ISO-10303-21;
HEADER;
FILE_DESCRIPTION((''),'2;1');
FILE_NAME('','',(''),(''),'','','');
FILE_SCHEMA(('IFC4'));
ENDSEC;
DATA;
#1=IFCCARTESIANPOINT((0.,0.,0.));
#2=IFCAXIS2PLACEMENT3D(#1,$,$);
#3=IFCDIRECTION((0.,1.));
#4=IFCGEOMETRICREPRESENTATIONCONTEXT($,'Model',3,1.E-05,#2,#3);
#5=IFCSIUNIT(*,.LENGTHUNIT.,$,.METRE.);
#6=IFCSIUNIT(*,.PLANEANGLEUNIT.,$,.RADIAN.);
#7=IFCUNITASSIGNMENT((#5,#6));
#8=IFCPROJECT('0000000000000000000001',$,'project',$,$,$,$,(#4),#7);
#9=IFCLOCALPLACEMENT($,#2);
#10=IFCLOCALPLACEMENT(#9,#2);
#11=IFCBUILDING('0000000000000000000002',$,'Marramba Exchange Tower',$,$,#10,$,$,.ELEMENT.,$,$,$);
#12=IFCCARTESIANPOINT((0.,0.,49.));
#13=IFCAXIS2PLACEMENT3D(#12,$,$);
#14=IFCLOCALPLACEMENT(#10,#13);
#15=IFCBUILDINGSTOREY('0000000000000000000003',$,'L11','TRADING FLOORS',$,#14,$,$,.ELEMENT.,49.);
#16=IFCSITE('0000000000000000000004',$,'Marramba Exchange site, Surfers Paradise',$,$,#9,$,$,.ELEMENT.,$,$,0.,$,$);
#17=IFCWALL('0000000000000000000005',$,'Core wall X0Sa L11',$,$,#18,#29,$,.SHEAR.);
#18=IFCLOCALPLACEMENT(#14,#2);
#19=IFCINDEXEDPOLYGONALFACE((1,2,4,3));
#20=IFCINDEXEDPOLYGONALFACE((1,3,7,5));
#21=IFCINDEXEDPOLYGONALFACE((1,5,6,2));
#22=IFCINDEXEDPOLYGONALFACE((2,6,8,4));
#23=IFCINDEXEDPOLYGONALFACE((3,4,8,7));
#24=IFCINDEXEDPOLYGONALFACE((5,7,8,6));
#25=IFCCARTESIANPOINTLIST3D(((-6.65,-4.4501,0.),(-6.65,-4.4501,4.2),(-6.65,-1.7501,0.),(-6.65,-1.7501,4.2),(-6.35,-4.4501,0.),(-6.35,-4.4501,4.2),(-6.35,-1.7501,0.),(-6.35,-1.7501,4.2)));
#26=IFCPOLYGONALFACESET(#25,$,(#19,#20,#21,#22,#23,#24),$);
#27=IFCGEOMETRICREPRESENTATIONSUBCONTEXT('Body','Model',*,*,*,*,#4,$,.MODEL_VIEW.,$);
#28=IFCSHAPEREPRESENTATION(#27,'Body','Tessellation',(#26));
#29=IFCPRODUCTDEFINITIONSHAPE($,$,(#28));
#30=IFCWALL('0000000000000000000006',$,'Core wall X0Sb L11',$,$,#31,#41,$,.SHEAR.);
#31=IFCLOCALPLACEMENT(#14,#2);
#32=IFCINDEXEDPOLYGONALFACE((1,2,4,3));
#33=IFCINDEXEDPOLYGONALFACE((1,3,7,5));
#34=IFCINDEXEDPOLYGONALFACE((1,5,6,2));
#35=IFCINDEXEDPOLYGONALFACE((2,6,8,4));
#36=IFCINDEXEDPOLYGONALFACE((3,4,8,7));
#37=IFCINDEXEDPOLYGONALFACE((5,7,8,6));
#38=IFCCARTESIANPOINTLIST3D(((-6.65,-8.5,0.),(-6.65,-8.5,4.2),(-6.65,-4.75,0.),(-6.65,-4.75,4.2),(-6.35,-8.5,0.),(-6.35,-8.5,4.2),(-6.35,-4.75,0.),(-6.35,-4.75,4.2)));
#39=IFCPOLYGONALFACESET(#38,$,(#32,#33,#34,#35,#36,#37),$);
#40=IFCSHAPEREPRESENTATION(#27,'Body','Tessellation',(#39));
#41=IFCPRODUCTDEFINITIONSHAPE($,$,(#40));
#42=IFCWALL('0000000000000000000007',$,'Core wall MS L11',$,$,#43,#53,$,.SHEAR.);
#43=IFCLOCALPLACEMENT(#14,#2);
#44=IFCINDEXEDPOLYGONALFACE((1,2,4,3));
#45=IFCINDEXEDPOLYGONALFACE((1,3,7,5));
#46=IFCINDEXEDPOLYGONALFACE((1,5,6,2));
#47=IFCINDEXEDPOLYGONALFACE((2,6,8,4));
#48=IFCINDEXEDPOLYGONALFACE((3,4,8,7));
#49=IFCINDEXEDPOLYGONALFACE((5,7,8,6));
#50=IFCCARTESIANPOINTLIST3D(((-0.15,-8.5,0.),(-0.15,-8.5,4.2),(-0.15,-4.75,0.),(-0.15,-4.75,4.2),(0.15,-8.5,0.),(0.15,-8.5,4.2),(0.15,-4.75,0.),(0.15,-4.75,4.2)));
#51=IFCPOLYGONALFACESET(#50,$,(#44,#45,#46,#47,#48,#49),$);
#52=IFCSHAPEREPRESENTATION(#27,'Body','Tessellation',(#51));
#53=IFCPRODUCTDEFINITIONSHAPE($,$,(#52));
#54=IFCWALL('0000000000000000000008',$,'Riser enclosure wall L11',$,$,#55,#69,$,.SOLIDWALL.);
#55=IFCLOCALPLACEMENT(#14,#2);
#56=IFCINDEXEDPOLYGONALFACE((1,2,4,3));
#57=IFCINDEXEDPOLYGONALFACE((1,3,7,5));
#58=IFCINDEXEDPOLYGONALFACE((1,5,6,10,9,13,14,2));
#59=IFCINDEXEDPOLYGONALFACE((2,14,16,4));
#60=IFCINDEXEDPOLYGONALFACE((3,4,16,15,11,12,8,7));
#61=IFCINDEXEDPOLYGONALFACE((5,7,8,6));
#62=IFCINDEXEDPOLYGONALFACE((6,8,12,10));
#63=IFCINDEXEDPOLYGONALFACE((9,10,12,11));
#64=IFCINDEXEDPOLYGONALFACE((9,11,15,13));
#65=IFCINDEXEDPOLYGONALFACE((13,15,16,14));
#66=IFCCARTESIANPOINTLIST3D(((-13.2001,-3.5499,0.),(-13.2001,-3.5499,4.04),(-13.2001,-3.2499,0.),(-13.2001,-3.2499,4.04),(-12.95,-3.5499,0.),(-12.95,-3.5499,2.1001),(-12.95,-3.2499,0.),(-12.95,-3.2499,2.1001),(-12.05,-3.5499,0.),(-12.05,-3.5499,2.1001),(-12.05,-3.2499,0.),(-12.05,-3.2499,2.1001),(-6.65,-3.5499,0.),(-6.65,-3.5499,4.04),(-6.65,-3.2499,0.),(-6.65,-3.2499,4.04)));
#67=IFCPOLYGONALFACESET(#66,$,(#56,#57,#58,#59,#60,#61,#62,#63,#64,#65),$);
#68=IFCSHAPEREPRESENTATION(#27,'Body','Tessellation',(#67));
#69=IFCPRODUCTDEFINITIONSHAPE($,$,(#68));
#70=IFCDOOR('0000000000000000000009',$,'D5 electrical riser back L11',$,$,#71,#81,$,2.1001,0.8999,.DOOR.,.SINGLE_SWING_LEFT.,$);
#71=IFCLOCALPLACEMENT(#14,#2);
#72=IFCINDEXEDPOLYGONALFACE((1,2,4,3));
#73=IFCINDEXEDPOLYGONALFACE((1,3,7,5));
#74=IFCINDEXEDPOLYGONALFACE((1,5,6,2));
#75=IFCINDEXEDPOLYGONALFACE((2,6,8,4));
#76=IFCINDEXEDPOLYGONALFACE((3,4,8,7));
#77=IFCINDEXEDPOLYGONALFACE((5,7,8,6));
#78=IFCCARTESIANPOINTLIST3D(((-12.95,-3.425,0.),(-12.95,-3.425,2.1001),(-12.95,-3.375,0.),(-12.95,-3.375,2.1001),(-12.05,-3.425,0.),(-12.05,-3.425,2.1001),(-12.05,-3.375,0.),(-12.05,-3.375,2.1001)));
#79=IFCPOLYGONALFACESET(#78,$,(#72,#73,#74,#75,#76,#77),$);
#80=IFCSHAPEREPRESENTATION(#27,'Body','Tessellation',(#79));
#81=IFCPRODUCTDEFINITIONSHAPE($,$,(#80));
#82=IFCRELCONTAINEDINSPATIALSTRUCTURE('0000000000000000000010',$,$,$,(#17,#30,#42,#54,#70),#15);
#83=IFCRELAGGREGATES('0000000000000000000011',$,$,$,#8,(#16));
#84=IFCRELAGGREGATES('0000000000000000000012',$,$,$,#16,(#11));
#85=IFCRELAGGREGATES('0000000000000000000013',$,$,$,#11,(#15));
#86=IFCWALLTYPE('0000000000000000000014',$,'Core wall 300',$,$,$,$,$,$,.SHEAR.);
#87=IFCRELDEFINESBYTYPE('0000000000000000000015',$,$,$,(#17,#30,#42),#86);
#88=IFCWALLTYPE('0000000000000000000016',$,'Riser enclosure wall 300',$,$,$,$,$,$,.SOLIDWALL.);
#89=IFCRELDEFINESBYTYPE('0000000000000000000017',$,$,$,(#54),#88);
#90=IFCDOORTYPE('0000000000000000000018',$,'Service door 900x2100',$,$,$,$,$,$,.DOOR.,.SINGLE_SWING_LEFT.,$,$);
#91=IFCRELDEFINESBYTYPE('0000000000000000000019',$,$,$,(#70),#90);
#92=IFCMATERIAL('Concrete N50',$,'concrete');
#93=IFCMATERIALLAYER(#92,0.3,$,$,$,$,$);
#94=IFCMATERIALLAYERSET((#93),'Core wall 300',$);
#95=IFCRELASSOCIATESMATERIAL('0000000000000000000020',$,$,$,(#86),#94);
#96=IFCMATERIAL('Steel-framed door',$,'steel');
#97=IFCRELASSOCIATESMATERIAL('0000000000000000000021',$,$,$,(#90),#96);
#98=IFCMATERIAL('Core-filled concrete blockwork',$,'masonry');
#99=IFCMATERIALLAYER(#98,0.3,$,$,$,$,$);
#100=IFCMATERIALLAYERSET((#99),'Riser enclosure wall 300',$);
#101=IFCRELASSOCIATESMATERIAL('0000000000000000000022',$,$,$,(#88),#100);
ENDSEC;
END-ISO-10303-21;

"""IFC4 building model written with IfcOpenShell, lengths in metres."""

from ifc_helpers import new_model, si_unit, direction, frame, frame_2d, origin, place, context, subcontext, project, spatial, rectangle, extrude, material, layer, layer_set, type_object, element, fill, save


model = new_model("IFC4")

# Units and contexts
model_context = context("Model", 3, precision=1e-05, world=origin(), true_north=direction((0.0, 1.0)))
body_context = subcontext(model_context, "Body", "Model", "MODEL_VIEW")
ifc_project = project(units=[si_unit("LENGTHUNIT", "METRE"), si_unit("PLANEANGLEUNIT", "RADIAN")], contexts=[model_context])

# Site, building, storey
site_placement = place(None, origin())
site = spatial("IfcSite", under=ifc_project, at=site_placement, Name="Marramba Exchange site, Surfers Paradise", CompositionType="ELEMENT", RefElevation=0.0)
building_placement = place(site_placement, origin())
building = spatial("IfcBuilding", under=site, at=building_placement, Name="Marramba Exchange Tower", CompositionType="ELEMENT")
storey_placement = place(building_placement, frame((0.0, 0.0, 49.0)))
storey = spatial("IfcBuildingStorey", under=building, at=storey_placement, Name="L11", Description="TRADING FLOORS", CompositionType="ELEMENT", Elevation=49.0)

# Shared definitions
ifc_material_1 = material(Name="Concrete N50", Category="concrete")

# Shared definitions
ifc_layer_1 = layer(ifc_material_1, 0.3)
ifc_layer_set_1 = layer_set([ifc_layer_1], Name="Core wall 300")
wall_type_1 = type_object("IfcWallType", Name="Core wall 300", PredefinedType="SHEAR", material=ifc_layer_set_1)
ifc_material_2 = material(Name="Steel-framed door", Category="steel")
door_type_1 = type_object("IfcDoorType", Name="Service door 900x2100", OperationType="SINGLE_SWING_LEFT", PredefinedType="DOOR", material=ifc_material_2)

# Walls
wall_1_placement = place(storey_placement, frame((-6.5, -1.75, 0.0), z_axis=(0.0, 0.0, 1.0), x_axis=(0.0, -1.0, 0.0)))
element("IfcWall", 1, at=wall_1_placement, inside=storey, type_object=wall_type_1, Name="Core wall X0Sa L11", PredefinedType="SHEAR", context=body_context, shape_type="SweptSolid", body=[
    extrude(rectangle(XDim=2.7, YDim=0.3, at=frame_2d((1.3501, 0.0))), origin(), (0.0, 0.0, 1.0), 4.2),
])
for number, where, z_axis, x_axis, name in (
    (2, (-6.5, -4.75, 0.0), (0.0, 0.0, 1.0), (0.0, -1.0, 0.0), "Core wall X0Sb L11"),
    (3, (0.0, -4.75, 0.0), (0.0, 0.0, 1.0), (0.0, -1.0, 0.0), "Core wall MS L11"),
):
    element("IfcWall", number, at=place(storey_placement, frame(where, z_axis=z_axis, x_axis=x_axis)), inside=storey, type_object=wall_type_1, Name=name, PredefinedType="SHEAR", context=body_context, shape_type="SweptSolid", body=[
        extrude(rectangle(XDim=3.75, YDim=0.3, at=frame_2d((1.875, 0.0))), origin(), (0.0, 0.0, 1.0), 4.2),
    ])

# Wall, opening, door
ifc_material_3 = material(Name="Core-filled concrete blockwork", Category="masonry")
ifc_layer_2 = layer(ifc_material_3, 0.3)
ifc_layer_set_2 = layer_set([ifc_layer_2], Name="Riser enclosure wall 300")
wall_type_2 = type_object("IfcWallType", Name="Riser enclosure wall 300", PredefinedType="SOLIDWALL", material=ifc_layer_set_2)
wall_2_placement = place(storey_placement, frame((-13.2, -3.3999, 0.0), z_axis=(0.0, 0.0, 1.0), x_axis=(1.0, 0.0, 0.0)))
wall_2 = element("IfcWall", 4, at=wall_2_placement, inside=storey, type_object=wall_type_2, Name="Riser enclosure wall L11", PredefinedType="SOLIDWALL", context=body_context, shape_type="SweptSolid", body=[
    extrude(rectangle(XDim=6.55, YDim=0.3, at=frame_2d((3.2749, 0.0))), origin(), (0.0, 0.0, 1.0), 4.04),
])
opening_1_placement = place(wall_2_placement, frame((0.25, 0.0, 0.0)))
opening_1 = element("IfcOpeningElement", 5, at=opening_1_placement, cuts=wall_2, PredefinedType="OPENING", context=body_context, shape_type="SweptSolid", body=[
    extrude(rectangle(XDim=0.8999, YDim=2.1001, at=frame_2d((0.45, 1.05))), frame((0.0, 0.1599, 0.0), z_axis=(0.0, -1.0, 0.0), x_axis=(1.0, 0.0, 0.0)), (0.0, 0.0, 1.0), 0.3201),
])
door_1_placement = place(opening_1_placement, origin())
door_1 = element("IfcDoor", 6, at=door_1_placement, inside=storey, type_object=door_type_1, Name="D5 electrical riser back L11", OperationType="SINGLE_SWING_LEFT", OverallHeight=2.1001, OverallWidth=0.8999, PredefinedType="DOOR", context=body_context, shape_type="SweptSolid", body=[
    extrude(rectangle(XDim=0.8999, YDim=2.1001, at=frame_2d((0.45, 1.05))), frame((0.0, 0.0249, 0.0), z_axis=(0.0, -1.0, 0.0), x_axis=(1.0, 0.0, 0.0)), (0.0, 0.0, 1.0), 0.05),
])
fill(opening_1, door_1)

save(model, "model.ifc")
